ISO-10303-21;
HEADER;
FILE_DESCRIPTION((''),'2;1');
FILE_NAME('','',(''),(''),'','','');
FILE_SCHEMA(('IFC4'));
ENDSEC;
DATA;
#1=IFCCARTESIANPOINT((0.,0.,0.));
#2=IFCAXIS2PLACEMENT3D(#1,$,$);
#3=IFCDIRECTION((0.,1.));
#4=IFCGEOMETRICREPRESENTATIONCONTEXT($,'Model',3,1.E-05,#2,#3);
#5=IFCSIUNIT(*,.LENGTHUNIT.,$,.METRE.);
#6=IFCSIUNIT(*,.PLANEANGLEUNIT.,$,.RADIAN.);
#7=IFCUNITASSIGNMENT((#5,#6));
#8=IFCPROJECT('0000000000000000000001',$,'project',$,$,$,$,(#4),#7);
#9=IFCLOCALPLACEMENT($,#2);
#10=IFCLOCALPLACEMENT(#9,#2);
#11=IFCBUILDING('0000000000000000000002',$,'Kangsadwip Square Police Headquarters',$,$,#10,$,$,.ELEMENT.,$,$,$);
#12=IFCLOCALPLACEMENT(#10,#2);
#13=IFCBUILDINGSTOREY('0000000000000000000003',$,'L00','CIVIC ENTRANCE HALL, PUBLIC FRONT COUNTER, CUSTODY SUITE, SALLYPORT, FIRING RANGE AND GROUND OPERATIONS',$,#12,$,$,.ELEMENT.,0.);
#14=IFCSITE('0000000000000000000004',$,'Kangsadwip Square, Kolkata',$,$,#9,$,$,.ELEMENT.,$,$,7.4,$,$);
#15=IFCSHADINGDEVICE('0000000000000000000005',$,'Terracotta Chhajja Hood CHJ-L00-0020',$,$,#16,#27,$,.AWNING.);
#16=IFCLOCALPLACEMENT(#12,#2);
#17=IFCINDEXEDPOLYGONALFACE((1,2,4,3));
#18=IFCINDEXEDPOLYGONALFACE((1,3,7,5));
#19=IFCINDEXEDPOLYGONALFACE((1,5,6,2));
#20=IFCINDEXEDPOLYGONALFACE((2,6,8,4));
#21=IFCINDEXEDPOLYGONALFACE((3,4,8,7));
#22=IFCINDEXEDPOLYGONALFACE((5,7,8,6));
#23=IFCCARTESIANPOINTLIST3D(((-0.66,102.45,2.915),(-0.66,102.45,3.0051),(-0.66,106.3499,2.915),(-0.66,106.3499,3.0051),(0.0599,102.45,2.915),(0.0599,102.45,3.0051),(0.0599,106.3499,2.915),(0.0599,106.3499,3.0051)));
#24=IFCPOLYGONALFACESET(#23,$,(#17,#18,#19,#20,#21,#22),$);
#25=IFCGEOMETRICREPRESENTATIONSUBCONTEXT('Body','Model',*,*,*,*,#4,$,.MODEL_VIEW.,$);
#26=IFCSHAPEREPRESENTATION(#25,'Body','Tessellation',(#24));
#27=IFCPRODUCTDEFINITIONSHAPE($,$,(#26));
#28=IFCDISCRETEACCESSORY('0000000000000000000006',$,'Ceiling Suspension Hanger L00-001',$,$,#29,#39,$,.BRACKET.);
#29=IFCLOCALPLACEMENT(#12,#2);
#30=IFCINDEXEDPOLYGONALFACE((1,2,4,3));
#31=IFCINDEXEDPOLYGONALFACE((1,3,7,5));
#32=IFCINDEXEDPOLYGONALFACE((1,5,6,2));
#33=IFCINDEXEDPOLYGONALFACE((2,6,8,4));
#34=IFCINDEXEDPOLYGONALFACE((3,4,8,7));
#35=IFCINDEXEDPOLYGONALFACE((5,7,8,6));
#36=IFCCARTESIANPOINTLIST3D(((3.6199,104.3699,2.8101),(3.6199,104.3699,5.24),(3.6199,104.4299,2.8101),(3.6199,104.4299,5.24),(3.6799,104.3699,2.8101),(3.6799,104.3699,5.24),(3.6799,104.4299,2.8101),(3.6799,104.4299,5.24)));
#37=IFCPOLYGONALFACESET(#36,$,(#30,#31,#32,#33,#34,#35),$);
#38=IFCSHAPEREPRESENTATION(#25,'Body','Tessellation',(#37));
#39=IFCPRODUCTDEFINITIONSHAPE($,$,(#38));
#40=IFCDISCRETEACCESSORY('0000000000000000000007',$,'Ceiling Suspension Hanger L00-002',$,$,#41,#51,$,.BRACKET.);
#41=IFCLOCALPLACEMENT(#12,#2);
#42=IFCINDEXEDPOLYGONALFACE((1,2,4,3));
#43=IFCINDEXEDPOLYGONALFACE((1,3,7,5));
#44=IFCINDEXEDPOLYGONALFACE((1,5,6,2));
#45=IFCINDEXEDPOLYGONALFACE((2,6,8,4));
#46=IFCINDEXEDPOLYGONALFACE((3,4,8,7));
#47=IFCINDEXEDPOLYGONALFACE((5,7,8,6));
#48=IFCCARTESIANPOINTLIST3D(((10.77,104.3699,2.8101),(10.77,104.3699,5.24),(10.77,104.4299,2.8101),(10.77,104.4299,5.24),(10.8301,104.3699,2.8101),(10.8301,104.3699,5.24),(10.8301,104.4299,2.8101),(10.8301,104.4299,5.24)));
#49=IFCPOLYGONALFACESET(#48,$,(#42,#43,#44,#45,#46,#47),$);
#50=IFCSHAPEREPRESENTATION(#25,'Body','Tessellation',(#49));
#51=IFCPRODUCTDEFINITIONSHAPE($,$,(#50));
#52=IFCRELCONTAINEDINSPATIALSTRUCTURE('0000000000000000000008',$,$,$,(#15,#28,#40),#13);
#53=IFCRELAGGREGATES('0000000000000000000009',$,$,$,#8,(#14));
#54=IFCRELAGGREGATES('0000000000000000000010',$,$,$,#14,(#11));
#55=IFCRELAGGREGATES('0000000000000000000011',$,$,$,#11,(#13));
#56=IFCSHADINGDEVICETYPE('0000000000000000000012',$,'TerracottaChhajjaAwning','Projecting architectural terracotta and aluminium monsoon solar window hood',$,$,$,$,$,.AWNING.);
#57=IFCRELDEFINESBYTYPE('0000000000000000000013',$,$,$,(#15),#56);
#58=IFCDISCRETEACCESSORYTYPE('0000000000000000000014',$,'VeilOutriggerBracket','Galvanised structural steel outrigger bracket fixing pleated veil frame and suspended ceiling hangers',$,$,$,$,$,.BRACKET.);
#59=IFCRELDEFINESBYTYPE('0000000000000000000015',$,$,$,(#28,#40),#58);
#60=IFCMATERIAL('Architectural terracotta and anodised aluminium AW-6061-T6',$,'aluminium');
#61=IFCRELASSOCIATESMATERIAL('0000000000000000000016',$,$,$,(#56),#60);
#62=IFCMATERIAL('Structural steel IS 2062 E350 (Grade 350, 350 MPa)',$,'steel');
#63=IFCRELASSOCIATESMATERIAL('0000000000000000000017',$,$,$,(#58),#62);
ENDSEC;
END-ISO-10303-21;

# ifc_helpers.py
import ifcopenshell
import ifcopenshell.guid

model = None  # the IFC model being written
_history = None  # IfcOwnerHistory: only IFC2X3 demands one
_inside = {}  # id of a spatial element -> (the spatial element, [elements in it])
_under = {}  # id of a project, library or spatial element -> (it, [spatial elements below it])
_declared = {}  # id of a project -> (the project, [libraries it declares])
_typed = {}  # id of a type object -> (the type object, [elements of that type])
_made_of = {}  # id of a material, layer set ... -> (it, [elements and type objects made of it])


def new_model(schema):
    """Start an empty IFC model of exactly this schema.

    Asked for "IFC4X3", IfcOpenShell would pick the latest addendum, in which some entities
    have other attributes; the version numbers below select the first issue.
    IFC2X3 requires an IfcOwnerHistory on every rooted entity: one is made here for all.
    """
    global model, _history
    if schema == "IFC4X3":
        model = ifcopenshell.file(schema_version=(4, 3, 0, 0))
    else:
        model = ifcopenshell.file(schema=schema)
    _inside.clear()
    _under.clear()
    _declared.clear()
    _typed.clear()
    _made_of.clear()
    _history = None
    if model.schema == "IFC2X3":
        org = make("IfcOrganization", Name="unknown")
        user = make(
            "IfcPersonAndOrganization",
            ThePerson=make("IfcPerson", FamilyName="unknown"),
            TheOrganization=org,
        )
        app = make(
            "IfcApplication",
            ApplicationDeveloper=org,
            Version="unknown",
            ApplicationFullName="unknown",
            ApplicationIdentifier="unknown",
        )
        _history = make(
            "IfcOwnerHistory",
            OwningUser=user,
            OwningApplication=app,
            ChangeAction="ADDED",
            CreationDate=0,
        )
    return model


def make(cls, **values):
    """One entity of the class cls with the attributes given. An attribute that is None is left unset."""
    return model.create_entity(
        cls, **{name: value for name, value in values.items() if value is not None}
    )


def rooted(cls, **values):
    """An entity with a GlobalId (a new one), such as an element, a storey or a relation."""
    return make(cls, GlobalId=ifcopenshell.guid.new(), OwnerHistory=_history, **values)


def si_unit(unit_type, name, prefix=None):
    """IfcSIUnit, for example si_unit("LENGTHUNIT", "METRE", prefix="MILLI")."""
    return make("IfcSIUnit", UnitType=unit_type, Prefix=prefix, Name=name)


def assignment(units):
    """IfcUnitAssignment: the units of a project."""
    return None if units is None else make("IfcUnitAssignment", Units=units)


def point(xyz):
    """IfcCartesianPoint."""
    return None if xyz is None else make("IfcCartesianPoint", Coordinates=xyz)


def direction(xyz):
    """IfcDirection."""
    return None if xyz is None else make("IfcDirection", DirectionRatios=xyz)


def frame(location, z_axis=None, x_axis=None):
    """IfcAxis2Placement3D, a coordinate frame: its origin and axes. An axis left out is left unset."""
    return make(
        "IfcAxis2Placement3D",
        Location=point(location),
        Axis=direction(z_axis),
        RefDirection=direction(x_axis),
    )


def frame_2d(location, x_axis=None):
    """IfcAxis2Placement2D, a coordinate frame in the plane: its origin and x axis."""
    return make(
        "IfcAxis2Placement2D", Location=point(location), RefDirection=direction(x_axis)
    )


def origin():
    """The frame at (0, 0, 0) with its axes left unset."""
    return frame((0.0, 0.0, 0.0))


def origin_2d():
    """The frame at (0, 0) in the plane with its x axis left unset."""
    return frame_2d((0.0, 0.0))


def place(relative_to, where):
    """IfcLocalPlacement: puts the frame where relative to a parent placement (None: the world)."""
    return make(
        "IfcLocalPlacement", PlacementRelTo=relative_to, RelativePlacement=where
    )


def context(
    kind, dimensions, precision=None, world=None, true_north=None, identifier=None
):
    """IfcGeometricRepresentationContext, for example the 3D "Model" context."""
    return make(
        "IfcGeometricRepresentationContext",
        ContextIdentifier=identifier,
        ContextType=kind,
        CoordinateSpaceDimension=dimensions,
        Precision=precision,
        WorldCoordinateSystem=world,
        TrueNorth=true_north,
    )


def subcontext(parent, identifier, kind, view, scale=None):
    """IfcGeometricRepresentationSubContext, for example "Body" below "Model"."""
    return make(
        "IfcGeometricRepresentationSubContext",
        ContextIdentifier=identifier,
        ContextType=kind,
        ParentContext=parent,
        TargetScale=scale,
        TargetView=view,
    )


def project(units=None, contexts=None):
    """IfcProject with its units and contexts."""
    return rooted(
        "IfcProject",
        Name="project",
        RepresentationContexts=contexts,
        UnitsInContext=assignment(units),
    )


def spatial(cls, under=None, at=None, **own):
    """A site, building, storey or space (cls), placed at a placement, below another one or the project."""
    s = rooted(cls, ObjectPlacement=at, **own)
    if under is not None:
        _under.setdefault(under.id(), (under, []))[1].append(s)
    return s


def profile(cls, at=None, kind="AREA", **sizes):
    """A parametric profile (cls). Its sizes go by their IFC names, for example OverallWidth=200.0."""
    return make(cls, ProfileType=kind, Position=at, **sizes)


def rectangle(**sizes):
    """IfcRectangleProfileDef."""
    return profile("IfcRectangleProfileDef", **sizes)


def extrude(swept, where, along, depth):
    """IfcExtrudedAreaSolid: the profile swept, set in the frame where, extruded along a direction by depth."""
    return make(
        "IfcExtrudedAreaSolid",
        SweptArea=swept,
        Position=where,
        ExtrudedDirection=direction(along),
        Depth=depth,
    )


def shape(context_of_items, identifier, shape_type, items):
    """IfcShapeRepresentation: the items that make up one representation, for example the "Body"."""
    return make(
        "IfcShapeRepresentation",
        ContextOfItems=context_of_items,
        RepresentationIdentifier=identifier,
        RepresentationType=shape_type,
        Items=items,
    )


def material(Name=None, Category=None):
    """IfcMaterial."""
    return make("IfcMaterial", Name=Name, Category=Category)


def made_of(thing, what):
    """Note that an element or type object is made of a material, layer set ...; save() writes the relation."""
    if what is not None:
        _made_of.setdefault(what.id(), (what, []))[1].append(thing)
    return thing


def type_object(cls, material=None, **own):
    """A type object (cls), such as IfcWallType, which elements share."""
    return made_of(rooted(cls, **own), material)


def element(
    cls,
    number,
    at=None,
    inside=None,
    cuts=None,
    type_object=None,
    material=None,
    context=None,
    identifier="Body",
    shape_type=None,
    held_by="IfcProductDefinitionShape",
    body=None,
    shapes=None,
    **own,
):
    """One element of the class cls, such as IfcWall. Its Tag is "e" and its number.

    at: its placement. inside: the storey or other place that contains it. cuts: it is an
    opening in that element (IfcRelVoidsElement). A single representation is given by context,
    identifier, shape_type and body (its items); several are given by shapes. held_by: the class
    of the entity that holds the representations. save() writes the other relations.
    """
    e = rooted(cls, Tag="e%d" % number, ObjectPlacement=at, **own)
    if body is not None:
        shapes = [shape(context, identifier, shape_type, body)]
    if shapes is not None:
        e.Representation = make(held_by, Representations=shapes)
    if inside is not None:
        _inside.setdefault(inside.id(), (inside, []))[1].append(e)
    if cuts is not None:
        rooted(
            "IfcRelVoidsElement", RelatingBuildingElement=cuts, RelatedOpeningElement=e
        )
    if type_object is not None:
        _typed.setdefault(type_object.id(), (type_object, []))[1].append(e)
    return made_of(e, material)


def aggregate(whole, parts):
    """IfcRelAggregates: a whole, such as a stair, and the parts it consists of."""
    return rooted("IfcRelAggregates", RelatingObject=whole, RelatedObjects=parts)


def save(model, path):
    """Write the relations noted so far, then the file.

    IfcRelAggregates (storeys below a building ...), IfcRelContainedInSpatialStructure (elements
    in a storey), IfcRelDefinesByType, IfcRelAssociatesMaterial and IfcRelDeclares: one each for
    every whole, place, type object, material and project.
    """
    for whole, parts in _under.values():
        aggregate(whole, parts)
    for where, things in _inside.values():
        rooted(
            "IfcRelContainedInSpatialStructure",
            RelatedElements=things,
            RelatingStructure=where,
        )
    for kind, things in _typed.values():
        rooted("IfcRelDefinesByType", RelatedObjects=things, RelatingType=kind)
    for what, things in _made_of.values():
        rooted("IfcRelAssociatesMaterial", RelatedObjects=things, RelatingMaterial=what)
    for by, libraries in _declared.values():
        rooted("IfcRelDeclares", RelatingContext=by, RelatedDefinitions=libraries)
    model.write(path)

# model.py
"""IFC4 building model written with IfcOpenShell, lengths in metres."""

from ifc_helpers import new_model, si_unit, direction, frame, origin, origin_2d, place, context, subcontext, project, spatial, rectangle, extrude, material, type_object, element, save


model = new_model("IFC4")

# Units and contexts
model_context = context("Model", 3, precision=1e-05, world=origin(), true_north=direction((0.0, 1.0)))
body_context = subcontext(model_context, "Body", "Model", "MODEL_VIEW")
ifc_project = project(units=[si_unit("LENGTHUNIT", "METRE"), si_unit("PLANEANGLEUNIT", "RADIAN")], contexts=[model_context])

# Site, building, storey
site_placement = place(None, origin())
site = spatial("IfcSite", under=ifc_project, at=site_placement, Name="Kangsadwip Square, Kolkata", CompositionType="ELEMENT", RefElevation=7.4)
building_placement = place(site_placement, origin())
building = spatial("IfcBuilding", under=site, at=building_placement, Name="Kangsadwip Square Police Headquarters", CompositionType="ELEMENT")
storey_placement = place(building_placement, origin())
storey = spatial("IfcBuildingStorey", under=building, at=storey_placement, Name="L00", Description="CIVIC ENTRANCE HALL, PUBLIC FRONT COUNTER, CUSTODY SUITE, SALLYPORT, FIRING RANGE AND GROUND OPERATIONS", CompositionType="ELEMENT", Elevation=0.0)

# Shading device
ifc_material_1 = material(Name="Architectural terracotta and anodised aluminium AW-6061-T6", Category="aluminium")
shading_device_type = type_object("IfcShadingDeviceType", Name="TerracottaChhajjaAwning", Description="Projecting architectural terracotta and aluminium monsoon solar window hood", PredefinedType="AWNING", material=ifc_material_1)
shading_device_placement = place(storey_placement, frame((-0.3, 104.3999, 2.915), z_axis=(0.0, 0.0, 1.0), x_axis=(0.0, 1.0, 0.0)))
element("IfcShadingDevice", 1, at=shading_device_placement, inside=storey, type_object=shading_device_type, Name="Terracotta Chhajja Hood CHJ-L00-0020", PredefinedType="AWNING", context=body_context, shape_type="SweptSolid", body=[
    extrude(rectangle(XDim=3.8999, YDim=0.72, at=origin_2d()), origin(), (0.0, 0.0, 1.0), 0.0901),
])

# Discrete accessories
ifc_material_2 = material(Name="Structural steel IS 2062 E350 (Grade 350, 350 MPa)", Category="steel")
discrete_accessory_type = type_object("IfcDiscreteAccessoryType", Name="VeilOutriggerBracket", Description="Galvanised structural steel outrigger bracket fixing pleated veil frame and suspended ceiling hangers", PredefinedType="BRACKET", material=ifc_material_2)
for number, where, z_axis, x_axis, name in (
    (2, (3.6499, 104.3999, 2.8101), (0.0, 0.0, 1.0), (1.0, 0.0, 0.0), "Ceiling Suspension Hanger L00-001"),
    (3, (10.8, 104.3999, 2.8101), (0.0, 0.0, 1.0), (1.0, 0.0, 0.0), "Ceiling Suspension Hanger L00-002"),
):
    element("IfcDiscreteAccessory", number, at=place(storey_placement, frame(where, z_axis=z_axis, x_axis=x_axis)), inside=storey, type_object=discrete_accessory_type, Name=name, PredefinedType="BRACKET", context=body_context, shape_type="SweptSolid", body=[
        extrude(rectangle(XDim=0.0601, YDim=0.0601, at=origin_2d()), origin(), (0.0, 0.0, 1.0), 2.4299),
    ])

save(model, "model.ifc")
